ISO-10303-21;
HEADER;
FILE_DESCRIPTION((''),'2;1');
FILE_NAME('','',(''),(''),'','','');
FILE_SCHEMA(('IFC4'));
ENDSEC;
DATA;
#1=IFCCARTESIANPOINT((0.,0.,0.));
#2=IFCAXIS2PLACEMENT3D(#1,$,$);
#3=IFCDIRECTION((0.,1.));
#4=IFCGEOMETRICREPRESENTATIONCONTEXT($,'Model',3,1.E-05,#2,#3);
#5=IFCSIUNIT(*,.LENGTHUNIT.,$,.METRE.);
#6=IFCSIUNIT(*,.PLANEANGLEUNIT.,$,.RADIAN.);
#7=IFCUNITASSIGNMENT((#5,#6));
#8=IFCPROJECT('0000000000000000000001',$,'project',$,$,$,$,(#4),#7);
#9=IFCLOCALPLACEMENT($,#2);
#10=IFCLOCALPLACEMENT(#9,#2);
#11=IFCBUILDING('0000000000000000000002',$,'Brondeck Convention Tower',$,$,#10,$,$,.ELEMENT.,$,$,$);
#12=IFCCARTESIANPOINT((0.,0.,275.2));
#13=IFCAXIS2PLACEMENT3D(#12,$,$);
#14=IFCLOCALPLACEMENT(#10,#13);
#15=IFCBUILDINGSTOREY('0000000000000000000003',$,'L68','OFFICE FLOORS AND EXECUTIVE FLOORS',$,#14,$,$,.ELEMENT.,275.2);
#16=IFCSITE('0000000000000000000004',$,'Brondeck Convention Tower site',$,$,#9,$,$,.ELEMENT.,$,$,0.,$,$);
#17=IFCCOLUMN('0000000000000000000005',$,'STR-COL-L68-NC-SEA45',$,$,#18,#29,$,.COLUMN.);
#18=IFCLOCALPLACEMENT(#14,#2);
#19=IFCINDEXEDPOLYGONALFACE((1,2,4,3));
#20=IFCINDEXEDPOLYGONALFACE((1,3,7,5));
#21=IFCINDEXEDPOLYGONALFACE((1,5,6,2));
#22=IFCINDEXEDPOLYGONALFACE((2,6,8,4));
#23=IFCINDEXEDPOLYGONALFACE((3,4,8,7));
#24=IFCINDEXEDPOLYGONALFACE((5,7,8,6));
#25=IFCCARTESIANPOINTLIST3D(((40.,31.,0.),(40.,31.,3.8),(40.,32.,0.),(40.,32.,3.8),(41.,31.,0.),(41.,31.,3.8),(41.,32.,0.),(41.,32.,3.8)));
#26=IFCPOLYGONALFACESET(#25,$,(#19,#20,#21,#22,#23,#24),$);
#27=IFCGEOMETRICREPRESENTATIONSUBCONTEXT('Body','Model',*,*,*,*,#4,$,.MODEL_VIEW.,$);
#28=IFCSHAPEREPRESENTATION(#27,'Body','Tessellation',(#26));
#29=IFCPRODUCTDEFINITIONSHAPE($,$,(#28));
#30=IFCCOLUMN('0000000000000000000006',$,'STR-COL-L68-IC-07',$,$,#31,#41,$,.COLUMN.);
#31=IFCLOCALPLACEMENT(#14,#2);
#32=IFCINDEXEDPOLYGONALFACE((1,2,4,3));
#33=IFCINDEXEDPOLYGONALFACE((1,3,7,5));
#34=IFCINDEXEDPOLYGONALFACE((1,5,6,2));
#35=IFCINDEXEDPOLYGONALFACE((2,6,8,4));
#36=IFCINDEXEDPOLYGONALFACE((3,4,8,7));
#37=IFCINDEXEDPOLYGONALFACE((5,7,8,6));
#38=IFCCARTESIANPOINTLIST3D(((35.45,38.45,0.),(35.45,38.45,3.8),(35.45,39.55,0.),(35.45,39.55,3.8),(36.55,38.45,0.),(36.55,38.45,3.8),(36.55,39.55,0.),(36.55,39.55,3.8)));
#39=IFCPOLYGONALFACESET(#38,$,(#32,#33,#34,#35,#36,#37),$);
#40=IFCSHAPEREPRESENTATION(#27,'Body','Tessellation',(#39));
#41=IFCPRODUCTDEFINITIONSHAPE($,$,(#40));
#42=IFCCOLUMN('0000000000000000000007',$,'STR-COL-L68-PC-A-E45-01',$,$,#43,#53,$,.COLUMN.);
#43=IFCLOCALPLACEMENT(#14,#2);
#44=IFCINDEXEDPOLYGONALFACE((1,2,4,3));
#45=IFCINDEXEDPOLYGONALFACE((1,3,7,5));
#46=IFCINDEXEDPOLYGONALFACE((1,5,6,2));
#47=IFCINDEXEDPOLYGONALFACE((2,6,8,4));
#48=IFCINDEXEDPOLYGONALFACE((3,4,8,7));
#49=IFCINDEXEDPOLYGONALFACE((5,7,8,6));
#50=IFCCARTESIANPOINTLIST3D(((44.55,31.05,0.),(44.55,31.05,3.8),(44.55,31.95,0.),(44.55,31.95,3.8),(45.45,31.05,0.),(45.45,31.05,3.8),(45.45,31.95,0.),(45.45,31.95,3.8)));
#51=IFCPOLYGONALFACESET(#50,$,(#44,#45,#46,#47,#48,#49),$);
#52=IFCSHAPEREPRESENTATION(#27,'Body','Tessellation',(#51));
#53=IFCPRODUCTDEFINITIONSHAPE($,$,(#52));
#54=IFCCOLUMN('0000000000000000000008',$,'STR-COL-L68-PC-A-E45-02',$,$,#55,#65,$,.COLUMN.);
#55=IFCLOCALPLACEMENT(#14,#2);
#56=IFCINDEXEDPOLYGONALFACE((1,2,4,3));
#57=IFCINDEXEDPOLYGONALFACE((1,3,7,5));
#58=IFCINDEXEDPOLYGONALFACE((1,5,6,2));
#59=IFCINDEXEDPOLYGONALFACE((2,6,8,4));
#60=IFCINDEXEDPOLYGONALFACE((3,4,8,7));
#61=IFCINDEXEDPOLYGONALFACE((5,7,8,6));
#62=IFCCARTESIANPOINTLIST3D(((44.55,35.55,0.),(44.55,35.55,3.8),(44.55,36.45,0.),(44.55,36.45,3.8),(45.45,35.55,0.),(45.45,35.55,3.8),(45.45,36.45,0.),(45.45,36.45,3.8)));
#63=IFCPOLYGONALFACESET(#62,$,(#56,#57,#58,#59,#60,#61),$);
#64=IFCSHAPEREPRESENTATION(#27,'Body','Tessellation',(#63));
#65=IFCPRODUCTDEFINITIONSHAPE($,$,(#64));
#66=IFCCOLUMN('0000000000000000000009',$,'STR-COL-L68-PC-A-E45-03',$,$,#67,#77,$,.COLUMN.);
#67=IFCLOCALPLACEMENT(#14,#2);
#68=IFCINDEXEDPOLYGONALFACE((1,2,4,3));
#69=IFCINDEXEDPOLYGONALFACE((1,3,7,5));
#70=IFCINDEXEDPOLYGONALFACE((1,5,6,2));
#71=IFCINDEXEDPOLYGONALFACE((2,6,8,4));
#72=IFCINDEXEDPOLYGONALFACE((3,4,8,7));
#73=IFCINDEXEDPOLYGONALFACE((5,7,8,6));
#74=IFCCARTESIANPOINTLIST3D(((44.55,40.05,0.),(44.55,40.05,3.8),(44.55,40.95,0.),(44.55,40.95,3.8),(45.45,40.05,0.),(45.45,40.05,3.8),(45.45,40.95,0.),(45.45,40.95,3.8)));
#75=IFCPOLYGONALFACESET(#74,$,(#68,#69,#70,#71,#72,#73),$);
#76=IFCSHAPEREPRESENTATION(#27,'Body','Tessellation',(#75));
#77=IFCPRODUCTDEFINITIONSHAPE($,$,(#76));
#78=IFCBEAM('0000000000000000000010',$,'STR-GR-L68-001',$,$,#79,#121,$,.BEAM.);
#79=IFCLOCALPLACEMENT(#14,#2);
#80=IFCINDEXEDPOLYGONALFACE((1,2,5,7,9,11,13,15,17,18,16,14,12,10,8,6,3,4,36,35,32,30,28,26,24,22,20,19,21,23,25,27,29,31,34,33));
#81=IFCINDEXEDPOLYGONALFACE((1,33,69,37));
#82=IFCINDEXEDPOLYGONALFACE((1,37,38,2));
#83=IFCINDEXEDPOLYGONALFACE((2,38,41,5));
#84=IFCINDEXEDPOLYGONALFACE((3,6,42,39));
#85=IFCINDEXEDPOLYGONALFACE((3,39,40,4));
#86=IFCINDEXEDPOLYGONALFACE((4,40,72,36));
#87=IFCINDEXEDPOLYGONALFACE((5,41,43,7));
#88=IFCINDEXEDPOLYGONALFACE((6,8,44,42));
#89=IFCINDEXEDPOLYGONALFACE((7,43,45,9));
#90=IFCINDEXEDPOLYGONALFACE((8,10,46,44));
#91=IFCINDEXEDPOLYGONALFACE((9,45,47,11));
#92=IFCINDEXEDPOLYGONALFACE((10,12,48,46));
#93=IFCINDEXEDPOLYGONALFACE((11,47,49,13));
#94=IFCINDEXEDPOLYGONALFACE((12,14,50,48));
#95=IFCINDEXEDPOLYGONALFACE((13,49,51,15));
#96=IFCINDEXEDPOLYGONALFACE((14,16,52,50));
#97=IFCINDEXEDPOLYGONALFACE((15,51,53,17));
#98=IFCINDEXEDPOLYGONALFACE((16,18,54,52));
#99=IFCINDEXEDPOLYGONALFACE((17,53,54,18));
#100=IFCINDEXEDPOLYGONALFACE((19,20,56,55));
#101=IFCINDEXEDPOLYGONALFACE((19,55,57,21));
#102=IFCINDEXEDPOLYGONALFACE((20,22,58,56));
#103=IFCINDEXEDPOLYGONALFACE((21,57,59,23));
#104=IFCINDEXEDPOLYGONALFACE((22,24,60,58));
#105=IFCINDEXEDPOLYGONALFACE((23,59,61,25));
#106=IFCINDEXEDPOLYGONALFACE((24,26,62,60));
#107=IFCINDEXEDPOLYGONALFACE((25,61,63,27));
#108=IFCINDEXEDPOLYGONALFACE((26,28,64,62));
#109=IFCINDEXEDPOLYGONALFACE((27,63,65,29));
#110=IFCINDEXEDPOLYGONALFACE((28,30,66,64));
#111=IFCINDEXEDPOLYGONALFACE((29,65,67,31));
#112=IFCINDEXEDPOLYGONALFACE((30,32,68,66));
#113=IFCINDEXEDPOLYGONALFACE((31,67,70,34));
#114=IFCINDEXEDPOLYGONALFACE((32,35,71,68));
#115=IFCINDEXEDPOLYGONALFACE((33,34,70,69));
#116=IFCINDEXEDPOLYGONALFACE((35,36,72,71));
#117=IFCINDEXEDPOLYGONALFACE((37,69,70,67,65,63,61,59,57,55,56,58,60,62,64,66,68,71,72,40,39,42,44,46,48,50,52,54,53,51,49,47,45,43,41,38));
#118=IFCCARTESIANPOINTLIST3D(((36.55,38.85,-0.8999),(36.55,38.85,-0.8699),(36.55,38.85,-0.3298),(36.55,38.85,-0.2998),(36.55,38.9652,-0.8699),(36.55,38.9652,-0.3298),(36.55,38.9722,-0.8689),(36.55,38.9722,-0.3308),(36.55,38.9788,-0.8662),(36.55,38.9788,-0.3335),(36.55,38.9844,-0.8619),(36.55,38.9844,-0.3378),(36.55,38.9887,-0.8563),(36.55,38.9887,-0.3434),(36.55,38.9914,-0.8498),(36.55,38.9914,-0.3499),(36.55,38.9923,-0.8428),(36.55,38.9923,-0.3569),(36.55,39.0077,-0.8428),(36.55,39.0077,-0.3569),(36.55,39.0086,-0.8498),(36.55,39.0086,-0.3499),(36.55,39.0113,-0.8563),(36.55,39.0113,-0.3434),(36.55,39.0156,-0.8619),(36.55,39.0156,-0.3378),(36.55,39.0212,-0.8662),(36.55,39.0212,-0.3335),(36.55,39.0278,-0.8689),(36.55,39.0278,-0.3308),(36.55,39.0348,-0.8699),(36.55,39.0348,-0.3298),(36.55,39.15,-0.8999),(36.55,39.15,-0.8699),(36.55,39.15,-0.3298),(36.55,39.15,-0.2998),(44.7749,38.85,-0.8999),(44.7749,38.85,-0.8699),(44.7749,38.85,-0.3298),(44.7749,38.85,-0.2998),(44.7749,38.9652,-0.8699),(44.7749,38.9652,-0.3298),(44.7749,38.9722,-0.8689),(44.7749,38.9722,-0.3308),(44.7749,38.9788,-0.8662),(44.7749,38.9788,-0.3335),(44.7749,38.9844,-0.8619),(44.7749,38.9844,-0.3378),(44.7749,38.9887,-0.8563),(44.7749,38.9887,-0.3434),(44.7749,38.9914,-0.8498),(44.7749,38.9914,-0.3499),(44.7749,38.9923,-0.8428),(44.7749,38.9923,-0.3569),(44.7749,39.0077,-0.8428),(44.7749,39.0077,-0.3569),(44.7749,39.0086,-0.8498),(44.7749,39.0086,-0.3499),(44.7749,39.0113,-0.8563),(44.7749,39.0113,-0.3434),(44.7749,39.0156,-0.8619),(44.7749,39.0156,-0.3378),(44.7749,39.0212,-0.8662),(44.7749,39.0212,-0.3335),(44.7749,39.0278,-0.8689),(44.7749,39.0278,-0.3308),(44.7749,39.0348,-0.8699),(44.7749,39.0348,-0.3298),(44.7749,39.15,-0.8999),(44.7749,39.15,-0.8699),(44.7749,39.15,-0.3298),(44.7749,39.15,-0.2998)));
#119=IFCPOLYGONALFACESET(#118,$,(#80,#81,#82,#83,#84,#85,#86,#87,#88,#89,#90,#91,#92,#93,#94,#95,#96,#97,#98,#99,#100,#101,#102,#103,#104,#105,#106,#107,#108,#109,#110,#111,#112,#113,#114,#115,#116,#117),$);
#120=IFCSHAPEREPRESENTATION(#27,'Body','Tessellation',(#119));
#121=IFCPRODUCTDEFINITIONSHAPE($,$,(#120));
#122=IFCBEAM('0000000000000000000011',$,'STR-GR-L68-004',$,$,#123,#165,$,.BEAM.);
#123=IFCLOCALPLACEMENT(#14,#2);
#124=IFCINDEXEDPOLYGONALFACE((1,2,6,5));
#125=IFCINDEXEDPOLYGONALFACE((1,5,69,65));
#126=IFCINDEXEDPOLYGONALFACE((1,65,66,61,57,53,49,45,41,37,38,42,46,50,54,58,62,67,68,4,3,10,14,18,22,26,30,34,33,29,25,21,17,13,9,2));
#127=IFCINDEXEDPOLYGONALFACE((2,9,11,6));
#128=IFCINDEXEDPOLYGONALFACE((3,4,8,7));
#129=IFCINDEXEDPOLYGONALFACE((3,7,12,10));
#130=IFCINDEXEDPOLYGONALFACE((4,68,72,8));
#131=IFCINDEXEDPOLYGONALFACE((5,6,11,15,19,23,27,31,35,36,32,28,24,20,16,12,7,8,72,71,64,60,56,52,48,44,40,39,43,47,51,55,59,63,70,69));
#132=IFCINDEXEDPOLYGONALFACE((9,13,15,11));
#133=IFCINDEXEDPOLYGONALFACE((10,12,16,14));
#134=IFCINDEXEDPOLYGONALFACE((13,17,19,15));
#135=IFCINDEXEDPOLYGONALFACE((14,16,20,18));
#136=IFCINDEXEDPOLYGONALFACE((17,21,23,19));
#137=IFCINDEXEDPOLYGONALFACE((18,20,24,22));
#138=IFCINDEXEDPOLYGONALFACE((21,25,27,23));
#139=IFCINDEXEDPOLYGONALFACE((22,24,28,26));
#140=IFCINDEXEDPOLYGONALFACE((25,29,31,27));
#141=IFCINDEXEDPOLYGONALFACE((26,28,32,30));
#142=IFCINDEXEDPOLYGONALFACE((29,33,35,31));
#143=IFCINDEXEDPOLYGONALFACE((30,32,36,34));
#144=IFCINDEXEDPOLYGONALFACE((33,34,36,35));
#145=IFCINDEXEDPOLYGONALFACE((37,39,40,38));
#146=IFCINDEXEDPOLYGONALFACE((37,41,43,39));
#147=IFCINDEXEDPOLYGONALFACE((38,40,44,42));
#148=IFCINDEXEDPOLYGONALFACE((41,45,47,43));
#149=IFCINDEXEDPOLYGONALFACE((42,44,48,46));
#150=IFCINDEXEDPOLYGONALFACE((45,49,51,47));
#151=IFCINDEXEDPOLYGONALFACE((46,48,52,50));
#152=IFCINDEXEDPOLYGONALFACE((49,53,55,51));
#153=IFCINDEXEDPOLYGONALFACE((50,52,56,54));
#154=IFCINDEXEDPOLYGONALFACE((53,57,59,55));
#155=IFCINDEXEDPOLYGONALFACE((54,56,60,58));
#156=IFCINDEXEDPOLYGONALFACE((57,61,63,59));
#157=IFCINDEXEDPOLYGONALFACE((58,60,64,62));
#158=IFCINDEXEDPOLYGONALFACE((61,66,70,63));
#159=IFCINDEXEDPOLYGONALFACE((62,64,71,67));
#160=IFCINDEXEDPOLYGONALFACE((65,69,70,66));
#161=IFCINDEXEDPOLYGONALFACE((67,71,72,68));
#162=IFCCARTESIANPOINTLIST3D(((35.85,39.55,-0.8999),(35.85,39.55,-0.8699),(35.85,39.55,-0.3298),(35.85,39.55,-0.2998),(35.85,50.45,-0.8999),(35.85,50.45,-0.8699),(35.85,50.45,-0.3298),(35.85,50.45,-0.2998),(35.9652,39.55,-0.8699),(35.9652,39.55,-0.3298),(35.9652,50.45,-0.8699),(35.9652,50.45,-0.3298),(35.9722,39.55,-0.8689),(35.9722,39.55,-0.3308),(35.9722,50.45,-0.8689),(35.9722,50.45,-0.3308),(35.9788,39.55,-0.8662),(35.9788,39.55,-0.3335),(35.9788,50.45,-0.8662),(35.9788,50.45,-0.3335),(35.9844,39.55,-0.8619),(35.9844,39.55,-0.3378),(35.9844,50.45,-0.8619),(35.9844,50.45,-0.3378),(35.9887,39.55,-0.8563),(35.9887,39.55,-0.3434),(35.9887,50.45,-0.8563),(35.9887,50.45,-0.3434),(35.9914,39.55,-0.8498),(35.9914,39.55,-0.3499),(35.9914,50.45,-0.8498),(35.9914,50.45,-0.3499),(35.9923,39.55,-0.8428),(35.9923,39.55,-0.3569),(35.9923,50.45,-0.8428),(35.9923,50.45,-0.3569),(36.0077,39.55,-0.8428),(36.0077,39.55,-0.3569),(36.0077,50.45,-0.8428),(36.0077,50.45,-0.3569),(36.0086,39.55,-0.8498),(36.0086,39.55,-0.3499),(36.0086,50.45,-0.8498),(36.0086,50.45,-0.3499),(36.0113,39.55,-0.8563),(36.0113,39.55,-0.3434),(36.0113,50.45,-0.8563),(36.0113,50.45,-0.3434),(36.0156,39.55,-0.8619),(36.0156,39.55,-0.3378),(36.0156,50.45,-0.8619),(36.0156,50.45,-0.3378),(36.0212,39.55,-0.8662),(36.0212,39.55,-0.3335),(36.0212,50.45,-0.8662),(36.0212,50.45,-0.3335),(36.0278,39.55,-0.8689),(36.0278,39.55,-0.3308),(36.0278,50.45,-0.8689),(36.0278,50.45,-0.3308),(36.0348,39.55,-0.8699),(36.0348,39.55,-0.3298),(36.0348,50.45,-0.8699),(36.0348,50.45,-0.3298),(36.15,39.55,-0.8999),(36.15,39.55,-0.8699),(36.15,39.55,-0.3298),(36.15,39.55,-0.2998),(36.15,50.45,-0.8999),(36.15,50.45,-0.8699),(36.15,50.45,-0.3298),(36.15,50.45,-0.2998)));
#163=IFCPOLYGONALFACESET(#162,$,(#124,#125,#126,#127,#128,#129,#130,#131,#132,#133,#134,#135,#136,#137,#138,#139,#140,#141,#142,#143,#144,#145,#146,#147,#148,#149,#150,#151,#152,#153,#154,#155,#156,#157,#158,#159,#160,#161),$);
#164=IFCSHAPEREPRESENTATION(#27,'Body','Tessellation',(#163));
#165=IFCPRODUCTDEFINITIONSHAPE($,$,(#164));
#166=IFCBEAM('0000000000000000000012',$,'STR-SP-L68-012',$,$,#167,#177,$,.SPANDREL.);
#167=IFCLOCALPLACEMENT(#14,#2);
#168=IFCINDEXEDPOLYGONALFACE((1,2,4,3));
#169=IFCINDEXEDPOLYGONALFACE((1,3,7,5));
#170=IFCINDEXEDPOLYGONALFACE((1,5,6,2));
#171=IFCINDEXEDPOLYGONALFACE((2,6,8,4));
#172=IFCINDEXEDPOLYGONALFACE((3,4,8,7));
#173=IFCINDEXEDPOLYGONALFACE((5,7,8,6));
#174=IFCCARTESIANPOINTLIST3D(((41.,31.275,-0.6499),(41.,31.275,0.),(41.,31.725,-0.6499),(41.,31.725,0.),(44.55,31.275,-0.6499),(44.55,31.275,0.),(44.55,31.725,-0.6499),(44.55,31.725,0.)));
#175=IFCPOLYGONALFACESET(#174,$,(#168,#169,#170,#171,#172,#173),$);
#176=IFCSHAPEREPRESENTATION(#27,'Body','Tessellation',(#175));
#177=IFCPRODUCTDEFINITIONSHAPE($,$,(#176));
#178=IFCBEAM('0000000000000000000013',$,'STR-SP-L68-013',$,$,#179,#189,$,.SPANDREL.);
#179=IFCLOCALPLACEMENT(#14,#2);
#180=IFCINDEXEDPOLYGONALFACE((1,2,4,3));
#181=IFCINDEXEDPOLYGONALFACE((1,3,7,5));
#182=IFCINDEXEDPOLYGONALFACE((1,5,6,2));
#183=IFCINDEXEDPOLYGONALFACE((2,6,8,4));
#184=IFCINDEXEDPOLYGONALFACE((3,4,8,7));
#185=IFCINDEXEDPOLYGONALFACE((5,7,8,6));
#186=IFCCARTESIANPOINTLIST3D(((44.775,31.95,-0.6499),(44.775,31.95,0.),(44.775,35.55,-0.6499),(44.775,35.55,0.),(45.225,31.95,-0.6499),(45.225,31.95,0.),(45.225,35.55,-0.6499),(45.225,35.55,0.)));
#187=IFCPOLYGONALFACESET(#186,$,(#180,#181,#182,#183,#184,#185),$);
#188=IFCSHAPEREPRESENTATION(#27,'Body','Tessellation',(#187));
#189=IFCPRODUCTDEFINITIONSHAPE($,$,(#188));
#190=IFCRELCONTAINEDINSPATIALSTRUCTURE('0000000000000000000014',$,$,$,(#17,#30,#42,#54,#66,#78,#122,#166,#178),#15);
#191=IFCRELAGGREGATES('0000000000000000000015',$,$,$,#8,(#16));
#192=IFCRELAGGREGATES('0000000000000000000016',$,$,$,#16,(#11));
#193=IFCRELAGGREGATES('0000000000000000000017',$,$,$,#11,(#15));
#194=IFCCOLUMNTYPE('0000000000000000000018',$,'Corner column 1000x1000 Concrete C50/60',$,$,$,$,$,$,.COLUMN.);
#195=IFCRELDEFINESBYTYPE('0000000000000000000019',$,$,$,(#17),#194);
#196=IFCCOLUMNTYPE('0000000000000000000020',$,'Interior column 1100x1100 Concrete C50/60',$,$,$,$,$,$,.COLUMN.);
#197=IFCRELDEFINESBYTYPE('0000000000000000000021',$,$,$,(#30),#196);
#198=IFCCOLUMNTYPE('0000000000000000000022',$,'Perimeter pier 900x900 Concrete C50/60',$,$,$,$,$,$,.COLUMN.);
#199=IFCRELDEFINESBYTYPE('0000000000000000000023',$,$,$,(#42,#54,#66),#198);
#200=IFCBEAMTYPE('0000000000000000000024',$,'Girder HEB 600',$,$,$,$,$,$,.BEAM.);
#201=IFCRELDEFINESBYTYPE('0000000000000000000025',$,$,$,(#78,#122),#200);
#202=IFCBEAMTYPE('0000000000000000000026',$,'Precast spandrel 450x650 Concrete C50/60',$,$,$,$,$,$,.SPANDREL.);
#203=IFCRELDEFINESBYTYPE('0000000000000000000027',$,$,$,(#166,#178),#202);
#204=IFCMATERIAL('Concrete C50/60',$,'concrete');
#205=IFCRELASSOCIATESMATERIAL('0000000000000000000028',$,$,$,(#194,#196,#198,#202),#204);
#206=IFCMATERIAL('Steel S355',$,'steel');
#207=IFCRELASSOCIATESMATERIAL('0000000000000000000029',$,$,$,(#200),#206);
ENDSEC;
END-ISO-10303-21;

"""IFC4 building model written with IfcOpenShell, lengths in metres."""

from ifc_helpers import new_model, si_unit, direction, frame, origin, origin_2d, place, context, subcontext, project, spatial, rectangle, i_section, extrude, material, material_profile, profile_set, type_object, element, save


model = new_model("IFC4")

# Units and contexts
model_context = context("Model", 3, precision=1e-05, world=origin(), true_north=direction((0.0, 1.0)))
body_context = subcontext(model_context, "Body", "Model", "MODEL_VIEW")
ifc_project = project(units=[si_unit("LENGTHUNIT", "METRE"), si_unit("PLANEANGLEUNIT", "RADIAN")], contexts=[model_context])

# Site, building, storey
site_placement = place(None, origin())
site = spatial("IfcSite", under=ifc_project, at=site_placement, Name="Brondeck Convention Tower site", CompositionType="ELEMENT", RefElevation=0.0)
building_placement = place(site_placement, origin())
building = spatial("IfcBuilding", under=site, at=building_placement, Name="Brondeck Convention Tower", CompositionType="ELEMENT")
storey_placement = place(building_placement, frame((0.0, 0.0, 275.2)))
storey = spatial("IfcBuildingStorey", under=building, at=storey_placement, Name="L68", Description="OFFICE FLOORS AND EXECUTIVE FLOORS", CompositionType="ELEMENT", Elevation=275.2)

# Columns
ifc_material_1 = material(Name="Concrete C50/60", Category="concrete")
ifc_material_profile_1 = material_profile(ifc_material_1, rectangle(XDim=1.0, YDim=1.0, at=origin_2d()), Name="Corner column 1000x1000 Concrete C50/60")
ifc_profile_set_1 = profile_set([ifc_material_profile_1], Name="Concrete C50/60")
column_type_1 = type_object("IfcColumnType", Name="Corner column 1000x1000 Concrete C50/60", PredefinedType="COLUMN", material=ifc_profile_set_1)
column_1_placement = place(storey_placement, frame((40.5, 31.5, 0.0), z_axis=(0.0, 0.0, 1.0), x_axis=(1.0, 0.0, 0.0)))
element("IfcColumn", 1, at=column_1_placement, inside=storey, type_object=column_type_1, Name="STR-COL-L68-NC-SEA45", PredefinedType="COLUMN", context=body_context, shape_type="SweptSolid", body=[
    extrude(rectangle(XDim=1.0, YDim=1.0, at=origin_2d()), origin(), (0.0, 0.0, 1.0), 3.8),
])
ifc_material_profile_2 = material_profile(ifc_material_1, rectangle(XDim=1.1001, YDim=1.1001, at=origin_2d()), Name="Interior column 1100x1100 Concrete C50/60")
ifc_profile_set_2 = profile_set([ifc_material_profile_2], Name="Concrete C50/60")
column_type_2 = type_object("IfcColumnType", Name="Interior column 1100x1100 Concrete C50/60", PredefinedType="COLUMN", material=ifc_profile_set_2)
column_2_placement = place(storey_placement, frame((36.0, 39.0, 0.0), z_axis=(0.0, 0.0, 1.0), x_axis=(1.0, 0.0, 0.0)))
element("IfcColumn", 2, at=column_2_placement, inside=storey, type_object=column_type_2, Name="STR-COL-L68-IC-07", PredefinedType="COLUMN", context=body_context, shape_type="SweptSolid", body=[
    extrude(rectangle(XDim=1.1001, YDim=1.1001, at=origin_2d()), origin(), (0.0, 0.0, 1.0), 3.8),
])
ifc_material_profile_3 = material_profile(ifc_material_1, rectangle(XDim=0.8999, YDim=0.8999, at=origin_2d()), Name="Perimeter pier 900x900 Concrete C50/60")
ifc_profile_set_3 = profile_set([ifc_material_profile_3], Name="Concrete C50/60")
column_type_3 = type_object("IfcColumnType", Name="Perimeter pier 900x900 Concrete C50/60", PredefinedType="COLUMN", material=ifc_profile_set_3)
for number, where, z_axis, x_axis, name in (
    (3, (45.0, 31.5, 0.0), (0.0, 0.0, 1.0), (0.0, 1.0, 0.0), "STR-COL-L68-PC-A-E45-01"),
    (4, (45.0, 36.0, 0.0), (0.0, 0.0, 1.0), (0.0, 1.0, 0.0), "STR-COL-L68-PC-A-E45-02"),
    (5, (45.0, 40.5, 0.0), (0.0, 0.0, 1.0), (0.0, 1.0, 0.0), "STR-COL-L68-PC-A-E45-03"),
):
    element("IfcColumn", number, at=place(storey_placement, frame(where, z_axis=z_axis, x_axis=x_axis)), inside=storey, type_object=column_type_3, Name=name, PredefinedType="COLUMN", context=body_context, shape_type="SweptSolid", body=[
        extrude(rectangle(XDim=0.8999, YDim=0.8999, at=origin_2d()), origin(), (0.0, 0.0, 1.0), 3.8),
    ])

# Beams
ifc_material_2 = material(Name="Steel S355", Category="steel")
ifc_material_profile_4 = material_profile(ifc_material_2, i_section(OverallWidth=0.3, OverallDepth=0.6001, WebThickness=0.0154, FlangeThickness=0.03, FilletRadius=0.0271, at=origin_2d()), Name="HEB 600")
ifc_profile_set_4 = profile_set([ifc_material_profile_4], Name="Steel S355")
beam_type_1 = type_object("IfcBeamType", Name="Girder HEB 600", PredefinedType="BEAM", material=ifc_profile_set_4)
beam_1_placement = place(storey_placement, frame((36.55, 39.0, -0.5999), z_axis=(1.0, 0.0, 0.0), x_axis=(0.0, 1.0, 0.0)))
element("IfcBeam", 6, at=beam_1_placement, inside=storey, type_object=beam_type_1, Name="STR-GR-L68-001", PredefinedType="BEAM", context=body_context, shape_type="SweptSolid", body=[
    extrude(i_section(OverallWidth=0.3, OverallDepth=0.6001, WebThickness=0.0154, FlangeThickness=0.03, FilletRadius=0.0271, at=origin_2d()), origin(), (0.0, 0.0, 1.0), 8.2249),
])
beam_2_placement = place(storey_placement, frame((36.0, 39.55, -0.5999), z_axis=(0.0, 1.0, 0.0), x_axis=(-1.0, 0.0, 0.0)))
element("IfcBeam", 7, at=beam_2_placement, inside=storey, type_object=beam_type_1, Name="STR-GR-L68-004", PredefinedType="BEAM", context=body_context, shape_type="SweptSolid", body=[
    extrude(i_section(OverallWidth=0.3, OverallDepth=0.6001, WebThickness=0.0154, FlangeThickness=0.03, FilletRadius=0.0271, at=origin_2d()), origin(), (0.0, 0.0, 1.0), 10.8999),
])
ifc_material_profile_5 = material_profile(ifc_material_1, rectangle(XDim=0.45, YDim=0.6499, at=origin_2d()), Name="Precast spandrel 450x650 Concrete C50/60")
ifc_profile_set_5 = profile_set([ifc_material_profile_5], Name="Concrete C50/60")
beam_type_2 = type_object("IfcBeamType", Name="Precast spandrel 450x650 Concrete C50/60", PredefinedType="SPANDREL", material=ifc_profile_set_5)
beam_3_placement = place(storey_placement, frame((41.0, 31.5, -0.325), z_axis=(1.0, 0.0, 0.0), x_axis=(0.0, 1.0, 0.0)))
element("IfcBeam", 8, at=beam_3_placement, inside=storey, type_object=beam_type_2, Name="STR-SP-L68-012", PredefinedType="SPANDREL", context=body_context, shape_type="SweptSolid", body=[
    extrude(rectangle(XDim=0.45, YDim=0.6499, at=origin_2d()), origin(), (0.0, 0.0, 1.0), 3.55),
])
for number, where, z_axis, x_axis, name in (
    (9, (45.0, 31.95, -0.325), (0.0, 1.0, 0.0), (-1.0, 0.0, 0.0), "STR-SP-L68-013"),
):
    element("IfcBeam", number, at=place(storey_placement, frame(where, z_axis=z_axis, x_axis=x_axis)), inside=storey, type_object=beam_type_2, Name=name, PredefinedType="SPANDREL", context=body_context, shape_type="SweptSolid", body=[
        extrude(rectangle(XDim=0.45, YDim=0.6499, at=origin_2d()), origin(), (0.0, 0.0, 1.0), 3.6001),
    ])

save(model, "model.ifc")
